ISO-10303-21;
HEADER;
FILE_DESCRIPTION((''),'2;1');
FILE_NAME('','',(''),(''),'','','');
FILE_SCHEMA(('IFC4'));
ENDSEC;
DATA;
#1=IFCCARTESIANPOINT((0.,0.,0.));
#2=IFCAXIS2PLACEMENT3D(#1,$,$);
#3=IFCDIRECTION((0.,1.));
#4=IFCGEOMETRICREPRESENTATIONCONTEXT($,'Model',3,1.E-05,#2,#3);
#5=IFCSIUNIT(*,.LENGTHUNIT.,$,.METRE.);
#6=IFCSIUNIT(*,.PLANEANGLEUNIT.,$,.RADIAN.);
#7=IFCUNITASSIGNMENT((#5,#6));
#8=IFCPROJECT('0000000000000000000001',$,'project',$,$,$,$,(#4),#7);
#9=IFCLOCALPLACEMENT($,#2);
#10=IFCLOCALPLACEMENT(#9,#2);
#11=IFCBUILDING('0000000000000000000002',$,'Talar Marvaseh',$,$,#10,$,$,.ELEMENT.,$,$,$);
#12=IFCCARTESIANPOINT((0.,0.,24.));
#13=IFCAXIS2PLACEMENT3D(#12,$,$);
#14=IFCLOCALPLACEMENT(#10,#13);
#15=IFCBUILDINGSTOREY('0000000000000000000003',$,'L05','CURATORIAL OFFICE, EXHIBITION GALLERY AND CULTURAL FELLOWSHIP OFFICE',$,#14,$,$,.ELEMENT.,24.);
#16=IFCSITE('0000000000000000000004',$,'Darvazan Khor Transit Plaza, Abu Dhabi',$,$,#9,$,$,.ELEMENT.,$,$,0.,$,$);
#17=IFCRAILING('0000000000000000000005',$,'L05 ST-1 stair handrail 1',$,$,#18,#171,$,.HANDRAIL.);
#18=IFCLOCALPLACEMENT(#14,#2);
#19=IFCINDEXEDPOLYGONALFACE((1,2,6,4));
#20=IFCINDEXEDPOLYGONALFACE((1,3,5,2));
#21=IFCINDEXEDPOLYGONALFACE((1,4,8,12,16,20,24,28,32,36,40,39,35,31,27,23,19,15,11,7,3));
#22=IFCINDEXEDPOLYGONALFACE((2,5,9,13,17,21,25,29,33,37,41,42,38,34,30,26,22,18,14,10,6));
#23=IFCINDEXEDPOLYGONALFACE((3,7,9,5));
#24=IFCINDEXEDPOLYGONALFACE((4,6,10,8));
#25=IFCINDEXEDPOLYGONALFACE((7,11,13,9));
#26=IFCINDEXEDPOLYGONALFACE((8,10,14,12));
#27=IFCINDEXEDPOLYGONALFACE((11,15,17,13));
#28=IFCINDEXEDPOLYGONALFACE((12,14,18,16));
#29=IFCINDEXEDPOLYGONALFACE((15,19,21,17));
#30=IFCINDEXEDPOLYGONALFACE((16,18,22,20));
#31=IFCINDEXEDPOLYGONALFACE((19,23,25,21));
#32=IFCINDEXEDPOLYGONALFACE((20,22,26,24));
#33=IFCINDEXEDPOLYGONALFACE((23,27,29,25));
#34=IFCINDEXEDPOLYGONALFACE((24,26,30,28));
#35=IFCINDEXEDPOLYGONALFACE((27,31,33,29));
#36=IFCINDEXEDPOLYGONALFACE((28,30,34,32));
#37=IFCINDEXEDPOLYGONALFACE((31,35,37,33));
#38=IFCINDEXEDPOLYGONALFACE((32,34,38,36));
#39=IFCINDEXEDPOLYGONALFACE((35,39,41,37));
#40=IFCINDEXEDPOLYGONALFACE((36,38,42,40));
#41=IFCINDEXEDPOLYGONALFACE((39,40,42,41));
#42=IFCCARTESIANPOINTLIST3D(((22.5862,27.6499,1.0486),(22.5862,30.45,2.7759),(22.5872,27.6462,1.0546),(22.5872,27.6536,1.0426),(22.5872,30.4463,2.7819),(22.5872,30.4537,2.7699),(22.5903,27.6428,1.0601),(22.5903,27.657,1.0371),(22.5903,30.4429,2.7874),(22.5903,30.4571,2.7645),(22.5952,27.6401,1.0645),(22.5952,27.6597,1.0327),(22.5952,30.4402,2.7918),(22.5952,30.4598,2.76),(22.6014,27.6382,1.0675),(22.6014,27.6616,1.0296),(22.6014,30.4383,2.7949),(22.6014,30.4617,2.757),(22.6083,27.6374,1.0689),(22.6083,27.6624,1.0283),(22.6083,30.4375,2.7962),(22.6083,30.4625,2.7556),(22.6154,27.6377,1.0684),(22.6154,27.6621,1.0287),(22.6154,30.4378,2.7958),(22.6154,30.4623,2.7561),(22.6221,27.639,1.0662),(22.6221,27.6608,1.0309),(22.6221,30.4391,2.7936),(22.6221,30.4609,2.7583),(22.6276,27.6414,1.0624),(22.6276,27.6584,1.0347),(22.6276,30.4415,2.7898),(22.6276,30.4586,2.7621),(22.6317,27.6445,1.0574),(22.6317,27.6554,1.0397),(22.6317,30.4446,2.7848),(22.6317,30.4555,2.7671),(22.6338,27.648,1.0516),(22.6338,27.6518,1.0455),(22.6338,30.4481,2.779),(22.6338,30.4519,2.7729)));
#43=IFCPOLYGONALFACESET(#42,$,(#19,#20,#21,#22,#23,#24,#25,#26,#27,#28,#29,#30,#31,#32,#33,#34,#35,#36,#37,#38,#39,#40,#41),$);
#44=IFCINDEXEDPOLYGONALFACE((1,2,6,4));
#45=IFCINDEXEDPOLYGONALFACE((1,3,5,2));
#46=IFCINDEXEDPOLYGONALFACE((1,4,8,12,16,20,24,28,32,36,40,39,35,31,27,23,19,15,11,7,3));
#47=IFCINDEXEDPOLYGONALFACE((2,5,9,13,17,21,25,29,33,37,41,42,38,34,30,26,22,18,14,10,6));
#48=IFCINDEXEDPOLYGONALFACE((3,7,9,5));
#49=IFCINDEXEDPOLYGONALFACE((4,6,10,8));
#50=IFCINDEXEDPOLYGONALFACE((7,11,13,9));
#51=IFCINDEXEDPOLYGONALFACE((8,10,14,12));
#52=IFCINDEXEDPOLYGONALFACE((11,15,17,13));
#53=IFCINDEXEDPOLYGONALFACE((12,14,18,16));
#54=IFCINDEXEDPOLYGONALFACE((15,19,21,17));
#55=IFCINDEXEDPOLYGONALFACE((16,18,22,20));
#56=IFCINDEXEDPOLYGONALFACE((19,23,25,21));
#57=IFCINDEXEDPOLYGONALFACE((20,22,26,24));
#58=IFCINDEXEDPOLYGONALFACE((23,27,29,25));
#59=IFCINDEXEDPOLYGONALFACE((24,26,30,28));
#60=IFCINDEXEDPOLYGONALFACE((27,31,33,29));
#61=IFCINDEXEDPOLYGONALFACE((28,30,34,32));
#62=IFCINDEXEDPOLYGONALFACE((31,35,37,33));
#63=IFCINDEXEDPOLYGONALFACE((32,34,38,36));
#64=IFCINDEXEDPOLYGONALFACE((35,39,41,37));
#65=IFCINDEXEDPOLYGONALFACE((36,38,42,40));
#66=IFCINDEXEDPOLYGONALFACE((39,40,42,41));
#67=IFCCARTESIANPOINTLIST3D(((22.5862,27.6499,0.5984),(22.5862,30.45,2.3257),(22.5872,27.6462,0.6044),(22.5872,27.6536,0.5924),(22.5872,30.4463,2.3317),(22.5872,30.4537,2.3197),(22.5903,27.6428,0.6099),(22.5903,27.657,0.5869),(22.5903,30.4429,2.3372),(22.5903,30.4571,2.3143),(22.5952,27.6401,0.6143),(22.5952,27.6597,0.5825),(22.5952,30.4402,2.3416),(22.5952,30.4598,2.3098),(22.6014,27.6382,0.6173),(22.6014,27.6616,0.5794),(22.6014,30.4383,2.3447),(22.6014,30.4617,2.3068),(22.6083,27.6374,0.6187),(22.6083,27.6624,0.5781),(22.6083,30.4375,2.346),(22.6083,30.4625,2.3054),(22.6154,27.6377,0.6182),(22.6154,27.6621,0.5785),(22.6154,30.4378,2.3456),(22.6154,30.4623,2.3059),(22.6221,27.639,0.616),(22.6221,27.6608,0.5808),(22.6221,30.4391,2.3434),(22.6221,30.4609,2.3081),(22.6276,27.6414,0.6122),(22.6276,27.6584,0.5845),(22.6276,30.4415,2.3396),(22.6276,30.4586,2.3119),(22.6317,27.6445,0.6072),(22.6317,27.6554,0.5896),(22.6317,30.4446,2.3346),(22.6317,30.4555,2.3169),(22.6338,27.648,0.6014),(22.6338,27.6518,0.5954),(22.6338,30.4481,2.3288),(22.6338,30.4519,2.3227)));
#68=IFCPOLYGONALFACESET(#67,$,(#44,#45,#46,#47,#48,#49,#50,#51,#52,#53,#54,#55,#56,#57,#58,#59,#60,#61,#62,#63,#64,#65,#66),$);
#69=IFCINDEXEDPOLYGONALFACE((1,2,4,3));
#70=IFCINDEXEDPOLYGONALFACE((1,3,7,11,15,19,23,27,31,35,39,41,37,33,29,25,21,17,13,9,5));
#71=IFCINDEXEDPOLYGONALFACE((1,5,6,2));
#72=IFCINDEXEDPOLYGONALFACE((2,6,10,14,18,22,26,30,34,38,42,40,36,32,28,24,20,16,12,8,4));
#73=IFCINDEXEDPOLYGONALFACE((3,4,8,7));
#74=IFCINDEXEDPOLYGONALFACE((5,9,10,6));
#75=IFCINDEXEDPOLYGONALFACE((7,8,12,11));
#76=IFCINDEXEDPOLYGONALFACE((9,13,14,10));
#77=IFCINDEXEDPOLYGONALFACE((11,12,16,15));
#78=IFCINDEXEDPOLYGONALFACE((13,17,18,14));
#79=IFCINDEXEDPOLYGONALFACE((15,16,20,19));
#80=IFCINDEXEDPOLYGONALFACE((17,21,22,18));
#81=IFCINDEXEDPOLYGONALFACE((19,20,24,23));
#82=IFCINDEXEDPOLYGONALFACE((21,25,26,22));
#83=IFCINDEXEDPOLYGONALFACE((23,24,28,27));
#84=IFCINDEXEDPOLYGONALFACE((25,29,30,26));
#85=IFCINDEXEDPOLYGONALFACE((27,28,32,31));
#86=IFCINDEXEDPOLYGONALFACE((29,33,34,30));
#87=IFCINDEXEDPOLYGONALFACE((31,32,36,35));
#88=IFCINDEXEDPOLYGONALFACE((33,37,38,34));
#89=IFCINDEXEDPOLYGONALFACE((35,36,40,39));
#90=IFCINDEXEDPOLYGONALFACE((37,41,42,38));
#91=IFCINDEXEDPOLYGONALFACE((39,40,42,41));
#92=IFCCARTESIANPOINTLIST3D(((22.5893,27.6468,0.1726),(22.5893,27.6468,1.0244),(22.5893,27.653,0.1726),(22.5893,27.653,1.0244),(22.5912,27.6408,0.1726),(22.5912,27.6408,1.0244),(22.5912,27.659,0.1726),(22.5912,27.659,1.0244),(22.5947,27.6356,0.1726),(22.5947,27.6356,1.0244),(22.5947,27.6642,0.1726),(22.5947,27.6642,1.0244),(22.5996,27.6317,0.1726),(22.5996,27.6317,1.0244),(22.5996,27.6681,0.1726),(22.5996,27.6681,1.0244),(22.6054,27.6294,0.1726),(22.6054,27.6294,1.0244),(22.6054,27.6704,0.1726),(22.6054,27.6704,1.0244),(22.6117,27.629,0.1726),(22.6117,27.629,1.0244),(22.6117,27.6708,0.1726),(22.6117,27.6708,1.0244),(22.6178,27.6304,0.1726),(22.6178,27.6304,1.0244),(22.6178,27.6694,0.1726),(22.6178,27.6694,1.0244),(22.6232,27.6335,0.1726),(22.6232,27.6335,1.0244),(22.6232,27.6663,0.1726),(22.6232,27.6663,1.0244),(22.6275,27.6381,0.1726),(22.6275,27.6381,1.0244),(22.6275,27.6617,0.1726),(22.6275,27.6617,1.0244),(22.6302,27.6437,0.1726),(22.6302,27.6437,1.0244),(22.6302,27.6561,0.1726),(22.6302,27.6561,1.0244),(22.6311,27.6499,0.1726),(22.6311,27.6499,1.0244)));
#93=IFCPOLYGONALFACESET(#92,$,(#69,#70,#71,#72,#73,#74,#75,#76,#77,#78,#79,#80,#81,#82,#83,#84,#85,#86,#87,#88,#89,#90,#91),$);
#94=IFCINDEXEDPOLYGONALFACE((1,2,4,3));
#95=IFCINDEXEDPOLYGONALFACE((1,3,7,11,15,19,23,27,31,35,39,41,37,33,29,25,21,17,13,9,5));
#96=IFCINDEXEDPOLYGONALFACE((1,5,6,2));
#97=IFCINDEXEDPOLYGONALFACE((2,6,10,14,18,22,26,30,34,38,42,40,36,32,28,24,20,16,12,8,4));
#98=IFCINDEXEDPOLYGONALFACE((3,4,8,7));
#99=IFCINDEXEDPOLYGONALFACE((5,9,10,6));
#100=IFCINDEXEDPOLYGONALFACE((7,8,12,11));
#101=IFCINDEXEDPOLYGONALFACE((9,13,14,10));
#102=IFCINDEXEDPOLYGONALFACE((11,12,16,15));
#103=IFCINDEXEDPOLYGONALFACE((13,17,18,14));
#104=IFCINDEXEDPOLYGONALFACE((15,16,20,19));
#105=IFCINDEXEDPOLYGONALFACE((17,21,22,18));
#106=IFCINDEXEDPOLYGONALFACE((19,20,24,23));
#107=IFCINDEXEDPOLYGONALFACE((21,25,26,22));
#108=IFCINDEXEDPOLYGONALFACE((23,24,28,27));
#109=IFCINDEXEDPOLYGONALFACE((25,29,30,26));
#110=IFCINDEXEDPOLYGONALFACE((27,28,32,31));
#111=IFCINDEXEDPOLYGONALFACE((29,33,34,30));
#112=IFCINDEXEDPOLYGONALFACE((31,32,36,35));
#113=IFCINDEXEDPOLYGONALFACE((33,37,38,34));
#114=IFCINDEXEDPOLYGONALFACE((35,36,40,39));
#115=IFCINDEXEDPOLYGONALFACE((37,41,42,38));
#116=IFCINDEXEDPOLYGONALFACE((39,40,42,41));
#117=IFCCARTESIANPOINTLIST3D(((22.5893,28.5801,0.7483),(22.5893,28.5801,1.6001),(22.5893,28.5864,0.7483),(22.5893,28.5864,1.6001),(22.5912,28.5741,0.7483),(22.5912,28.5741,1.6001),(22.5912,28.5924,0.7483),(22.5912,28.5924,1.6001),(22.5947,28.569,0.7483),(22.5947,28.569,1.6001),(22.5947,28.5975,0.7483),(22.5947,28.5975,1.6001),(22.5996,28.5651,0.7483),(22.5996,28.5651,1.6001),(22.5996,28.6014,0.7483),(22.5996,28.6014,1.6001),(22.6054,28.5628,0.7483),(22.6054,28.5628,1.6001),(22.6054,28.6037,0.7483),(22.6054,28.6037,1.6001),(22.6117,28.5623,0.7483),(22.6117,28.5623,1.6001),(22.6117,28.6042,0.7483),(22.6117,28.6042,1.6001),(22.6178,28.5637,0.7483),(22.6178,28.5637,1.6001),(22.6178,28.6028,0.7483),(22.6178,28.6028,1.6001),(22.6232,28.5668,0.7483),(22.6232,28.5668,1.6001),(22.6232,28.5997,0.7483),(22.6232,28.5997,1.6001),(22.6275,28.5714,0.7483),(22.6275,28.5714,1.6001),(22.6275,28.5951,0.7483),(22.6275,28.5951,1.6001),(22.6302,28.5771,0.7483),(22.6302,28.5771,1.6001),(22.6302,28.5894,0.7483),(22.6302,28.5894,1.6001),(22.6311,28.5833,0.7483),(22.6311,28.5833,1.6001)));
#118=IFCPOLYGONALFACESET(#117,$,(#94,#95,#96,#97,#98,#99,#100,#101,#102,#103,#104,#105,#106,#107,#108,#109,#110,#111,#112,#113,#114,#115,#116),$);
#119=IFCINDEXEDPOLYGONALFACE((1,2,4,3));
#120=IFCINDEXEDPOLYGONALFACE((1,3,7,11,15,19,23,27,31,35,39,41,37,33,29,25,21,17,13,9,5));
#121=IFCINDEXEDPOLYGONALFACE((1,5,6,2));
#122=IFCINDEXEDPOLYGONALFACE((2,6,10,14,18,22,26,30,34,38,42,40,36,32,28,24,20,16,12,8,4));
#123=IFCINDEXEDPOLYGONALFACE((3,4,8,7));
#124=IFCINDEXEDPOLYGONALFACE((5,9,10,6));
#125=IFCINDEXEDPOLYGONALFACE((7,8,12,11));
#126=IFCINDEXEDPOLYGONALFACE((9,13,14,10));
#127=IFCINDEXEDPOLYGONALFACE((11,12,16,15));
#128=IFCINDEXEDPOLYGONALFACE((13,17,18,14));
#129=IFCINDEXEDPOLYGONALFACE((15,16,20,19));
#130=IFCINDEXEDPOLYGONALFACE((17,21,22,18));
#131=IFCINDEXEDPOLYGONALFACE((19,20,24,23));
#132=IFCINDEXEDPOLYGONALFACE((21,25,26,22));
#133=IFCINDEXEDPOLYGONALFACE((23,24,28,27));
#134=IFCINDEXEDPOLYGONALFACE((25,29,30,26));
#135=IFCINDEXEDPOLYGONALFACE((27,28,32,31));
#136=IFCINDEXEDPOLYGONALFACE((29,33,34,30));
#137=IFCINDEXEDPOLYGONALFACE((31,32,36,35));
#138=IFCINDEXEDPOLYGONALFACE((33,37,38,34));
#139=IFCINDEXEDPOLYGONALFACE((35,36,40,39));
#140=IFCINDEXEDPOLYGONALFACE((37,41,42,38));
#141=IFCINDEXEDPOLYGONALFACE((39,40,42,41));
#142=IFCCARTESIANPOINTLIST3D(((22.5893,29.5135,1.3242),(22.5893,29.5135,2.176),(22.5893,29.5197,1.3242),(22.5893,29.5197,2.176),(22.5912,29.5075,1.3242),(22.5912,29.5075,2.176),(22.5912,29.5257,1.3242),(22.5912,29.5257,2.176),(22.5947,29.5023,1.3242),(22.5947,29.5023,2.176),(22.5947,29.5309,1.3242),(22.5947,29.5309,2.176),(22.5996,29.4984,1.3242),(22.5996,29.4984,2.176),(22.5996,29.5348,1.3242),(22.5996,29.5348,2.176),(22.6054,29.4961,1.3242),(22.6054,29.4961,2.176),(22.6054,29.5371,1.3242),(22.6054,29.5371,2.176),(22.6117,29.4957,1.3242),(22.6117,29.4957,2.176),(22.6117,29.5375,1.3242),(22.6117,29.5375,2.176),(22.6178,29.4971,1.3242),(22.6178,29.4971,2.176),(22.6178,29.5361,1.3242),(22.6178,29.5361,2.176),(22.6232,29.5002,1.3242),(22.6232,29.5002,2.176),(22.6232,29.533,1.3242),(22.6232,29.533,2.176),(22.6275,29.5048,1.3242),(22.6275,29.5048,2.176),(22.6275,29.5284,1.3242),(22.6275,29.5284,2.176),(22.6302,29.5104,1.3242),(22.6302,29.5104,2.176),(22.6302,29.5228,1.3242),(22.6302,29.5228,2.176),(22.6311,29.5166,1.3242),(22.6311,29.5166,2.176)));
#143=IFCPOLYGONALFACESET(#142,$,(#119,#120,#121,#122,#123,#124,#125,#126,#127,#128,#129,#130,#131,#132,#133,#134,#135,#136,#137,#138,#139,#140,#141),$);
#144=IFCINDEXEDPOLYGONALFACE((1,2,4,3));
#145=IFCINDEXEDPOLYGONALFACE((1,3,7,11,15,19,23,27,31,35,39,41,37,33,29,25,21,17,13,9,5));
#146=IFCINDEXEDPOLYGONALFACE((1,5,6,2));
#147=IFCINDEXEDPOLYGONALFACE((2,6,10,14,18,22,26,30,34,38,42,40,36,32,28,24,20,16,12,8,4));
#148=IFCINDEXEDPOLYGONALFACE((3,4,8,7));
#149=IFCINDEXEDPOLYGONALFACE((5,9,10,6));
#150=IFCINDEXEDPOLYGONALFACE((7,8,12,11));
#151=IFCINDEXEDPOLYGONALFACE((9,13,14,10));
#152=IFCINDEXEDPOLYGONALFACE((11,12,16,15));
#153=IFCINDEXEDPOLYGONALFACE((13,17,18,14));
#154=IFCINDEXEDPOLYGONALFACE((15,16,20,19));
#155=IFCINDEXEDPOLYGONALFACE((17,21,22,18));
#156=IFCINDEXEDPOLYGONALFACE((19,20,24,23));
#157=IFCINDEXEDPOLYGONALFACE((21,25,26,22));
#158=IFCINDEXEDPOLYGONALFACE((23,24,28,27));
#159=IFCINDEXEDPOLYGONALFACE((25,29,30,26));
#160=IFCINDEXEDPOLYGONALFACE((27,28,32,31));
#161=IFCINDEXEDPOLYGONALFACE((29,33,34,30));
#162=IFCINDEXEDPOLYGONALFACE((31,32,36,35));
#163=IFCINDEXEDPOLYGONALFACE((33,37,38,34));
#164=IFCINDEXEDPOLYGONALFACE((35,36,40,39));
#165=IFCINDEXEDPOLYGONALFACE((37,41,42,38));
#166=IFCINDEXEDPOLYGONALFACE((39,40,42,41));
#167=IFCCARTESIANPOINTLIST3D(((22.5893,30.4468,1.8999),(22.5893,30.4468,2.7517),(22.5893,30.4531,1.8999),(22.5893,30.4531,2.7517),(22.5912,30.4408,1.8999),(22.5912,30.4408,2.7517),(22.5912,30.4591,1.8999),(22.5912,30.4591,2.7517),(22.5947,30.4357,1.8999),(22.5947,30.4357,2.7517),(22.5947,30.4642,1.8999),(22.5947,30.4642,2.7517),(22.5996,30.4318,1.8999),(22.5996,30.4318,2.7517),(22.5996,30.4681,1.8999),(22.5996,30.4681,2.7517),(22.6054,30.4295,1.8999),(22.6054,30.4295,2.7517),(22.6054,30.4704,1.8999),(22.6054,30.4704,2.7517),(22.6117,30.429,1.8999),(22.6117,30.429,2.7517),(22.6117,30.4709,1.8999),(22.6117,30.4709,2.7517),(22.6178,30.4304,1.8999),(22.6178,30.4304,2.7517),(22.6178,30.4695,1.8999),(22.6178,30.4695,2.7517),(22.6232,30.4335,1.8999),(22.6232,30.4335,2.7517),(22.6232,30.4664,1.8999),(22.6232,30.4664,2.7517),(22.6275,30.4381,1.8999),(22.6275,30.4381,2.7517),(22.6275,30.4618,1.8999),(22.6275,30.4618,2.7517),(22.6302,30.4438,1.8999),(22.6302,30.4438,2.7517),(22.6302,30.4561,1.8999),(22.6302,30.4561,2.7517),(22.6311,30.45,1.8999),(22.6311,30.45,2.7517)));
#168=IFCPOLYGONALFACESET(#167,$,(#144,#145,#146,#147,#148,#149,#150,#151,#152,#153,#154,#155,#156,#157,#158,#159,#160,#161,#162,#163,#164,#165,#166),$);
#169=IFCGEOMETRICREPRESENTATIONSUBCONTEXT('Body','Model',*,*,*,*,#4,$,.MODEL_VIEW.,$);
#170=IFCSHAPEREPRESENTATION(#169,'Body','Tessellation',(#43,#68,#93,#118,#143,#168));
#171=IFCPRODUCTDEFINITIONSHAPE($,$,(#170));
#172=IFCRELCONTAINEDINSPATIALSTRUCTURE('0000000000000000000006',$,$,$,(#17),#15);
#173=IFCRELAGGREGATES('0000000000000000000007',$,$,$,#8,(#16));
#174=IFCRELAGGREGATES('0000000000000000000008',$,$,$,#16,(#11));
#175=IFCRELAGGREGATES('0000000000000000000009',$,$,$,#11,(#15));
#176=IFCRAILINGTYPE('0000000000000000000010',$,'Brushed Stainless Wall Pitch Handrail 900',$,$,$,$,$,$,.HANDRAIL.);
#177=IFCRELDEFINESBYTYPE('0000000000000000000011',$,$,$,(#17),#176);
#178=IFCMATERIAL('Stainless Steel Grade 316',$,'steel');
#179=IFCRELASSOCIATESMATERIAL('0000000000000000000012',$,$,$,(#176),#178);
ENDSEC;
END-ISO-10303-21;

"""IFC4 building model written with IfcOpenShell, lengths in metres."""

from ifc_helpers import new_model, si_unit, direction, frame, origin, origin_2d, place, context, subcontext, project, spatial, circle, extrude, material, type_object, element, save


model = new_model("IFC4")

# Units and contexts
model_context = context("Model", 3, precision=1e-05, world=origin(), true_north=direction((0.0, 1.0)))
body_context = subcontext(model_context, "Body", "Model", "MODEL_VIEW")
ifc_project = project(units=[si_unit("LENGTHUNIT", "METRE"), si_unit("PLANEANGLEUNIT", "RADIAN")], contexts=[model_context])

# Site, building, storey
site_placement = place(None, origin())
site = spatial("IfcSite", under=ifc_project, at=site_placement, Name="Darvazan Khor Transit Plaza, Abu Dhabi", CompositionType="ELEMENT", RefElevation=0.0)
building_placement = place(site_placement, origin())
building = spatial("IfcBuilding", under=site, at=building_placement, Name="Talar Marvaseh", CompositionType="ELEMENT")
storey_placement = place(building_placement, frame((0.0, 0.0, 24.0)))
storey = spatial("IfcBuildingStorey", under=building, at=storey_placement, Name="L05", Description="CURATORIAL OFFICE, EXHIBITION GALLERY AND CULTURAL FELLOWSHIP OFFICE", CompositionType="ELEMENT", Elevation=24.0)

# Shared definitions
ifc_material_1 = material(Name="Stainless Steel Grade 316", Category="steel")

# Railing
railing_type_1 = type_object("IfcRailingType", Name="Brushed Stainless Wall Pitch Handrail 900", PredefinedType="HANDRAIL", material=ifc_material_1)
railing_1_placement = place(storey_placement, frame((22.6101, 27.6499, 0.1726)))
element("IfcRailing", 1, at=railing_1_placement, inside=storey, type_object=railing_type_1, Name="L05 ST-1 stair handrail 1", PredefinedType="HANDRAIL", context=body_context, shape_type="SweptSolid", body=[
    extrude(circle(Radius=0.0239, at=origin_2d()), frame((0.0, 0.0, 0.876), z_axis=(0.0, 0.85109, 0.52502), x_axis=(-1.0, 0.0, 0.0)), (0.0, 0.0, 1.0), 3.29),
    extrude(circle(Radius=0.0239, at=origin_2d()), frame((0.0, 0.0, 0.4258), z_axis=(0.0, 0.85109, 0.52502), x_axis=(-1.0, 0.0, 0.0)), (0.0, 0.0, 1.0), 3.29),
    extrude(circle(Radius=0.021, at=origin_2d()), origin(), (0.0, 0.0, 1.0), 0.8518),
    extrude(circle(Radius=0.021, at=origin_2d()), frame((0.0, 0.9333, 0.5757)), (0.0, 0.0, 1.0), 0.8518),
    extrude(circle(Radius=0.021, at=origin_2d()), frame((0.0, 1.8667, 1.1516)), (0.0, 0.0, 1.0), 0.8518),
    extrude(circle(Radius=0.021, at=origin_2d()), frame((0.0, 2.8, 1.7273)), (0.0, 0.0, 1.0), 0.8518),
])

save(model, "model.ifc")
